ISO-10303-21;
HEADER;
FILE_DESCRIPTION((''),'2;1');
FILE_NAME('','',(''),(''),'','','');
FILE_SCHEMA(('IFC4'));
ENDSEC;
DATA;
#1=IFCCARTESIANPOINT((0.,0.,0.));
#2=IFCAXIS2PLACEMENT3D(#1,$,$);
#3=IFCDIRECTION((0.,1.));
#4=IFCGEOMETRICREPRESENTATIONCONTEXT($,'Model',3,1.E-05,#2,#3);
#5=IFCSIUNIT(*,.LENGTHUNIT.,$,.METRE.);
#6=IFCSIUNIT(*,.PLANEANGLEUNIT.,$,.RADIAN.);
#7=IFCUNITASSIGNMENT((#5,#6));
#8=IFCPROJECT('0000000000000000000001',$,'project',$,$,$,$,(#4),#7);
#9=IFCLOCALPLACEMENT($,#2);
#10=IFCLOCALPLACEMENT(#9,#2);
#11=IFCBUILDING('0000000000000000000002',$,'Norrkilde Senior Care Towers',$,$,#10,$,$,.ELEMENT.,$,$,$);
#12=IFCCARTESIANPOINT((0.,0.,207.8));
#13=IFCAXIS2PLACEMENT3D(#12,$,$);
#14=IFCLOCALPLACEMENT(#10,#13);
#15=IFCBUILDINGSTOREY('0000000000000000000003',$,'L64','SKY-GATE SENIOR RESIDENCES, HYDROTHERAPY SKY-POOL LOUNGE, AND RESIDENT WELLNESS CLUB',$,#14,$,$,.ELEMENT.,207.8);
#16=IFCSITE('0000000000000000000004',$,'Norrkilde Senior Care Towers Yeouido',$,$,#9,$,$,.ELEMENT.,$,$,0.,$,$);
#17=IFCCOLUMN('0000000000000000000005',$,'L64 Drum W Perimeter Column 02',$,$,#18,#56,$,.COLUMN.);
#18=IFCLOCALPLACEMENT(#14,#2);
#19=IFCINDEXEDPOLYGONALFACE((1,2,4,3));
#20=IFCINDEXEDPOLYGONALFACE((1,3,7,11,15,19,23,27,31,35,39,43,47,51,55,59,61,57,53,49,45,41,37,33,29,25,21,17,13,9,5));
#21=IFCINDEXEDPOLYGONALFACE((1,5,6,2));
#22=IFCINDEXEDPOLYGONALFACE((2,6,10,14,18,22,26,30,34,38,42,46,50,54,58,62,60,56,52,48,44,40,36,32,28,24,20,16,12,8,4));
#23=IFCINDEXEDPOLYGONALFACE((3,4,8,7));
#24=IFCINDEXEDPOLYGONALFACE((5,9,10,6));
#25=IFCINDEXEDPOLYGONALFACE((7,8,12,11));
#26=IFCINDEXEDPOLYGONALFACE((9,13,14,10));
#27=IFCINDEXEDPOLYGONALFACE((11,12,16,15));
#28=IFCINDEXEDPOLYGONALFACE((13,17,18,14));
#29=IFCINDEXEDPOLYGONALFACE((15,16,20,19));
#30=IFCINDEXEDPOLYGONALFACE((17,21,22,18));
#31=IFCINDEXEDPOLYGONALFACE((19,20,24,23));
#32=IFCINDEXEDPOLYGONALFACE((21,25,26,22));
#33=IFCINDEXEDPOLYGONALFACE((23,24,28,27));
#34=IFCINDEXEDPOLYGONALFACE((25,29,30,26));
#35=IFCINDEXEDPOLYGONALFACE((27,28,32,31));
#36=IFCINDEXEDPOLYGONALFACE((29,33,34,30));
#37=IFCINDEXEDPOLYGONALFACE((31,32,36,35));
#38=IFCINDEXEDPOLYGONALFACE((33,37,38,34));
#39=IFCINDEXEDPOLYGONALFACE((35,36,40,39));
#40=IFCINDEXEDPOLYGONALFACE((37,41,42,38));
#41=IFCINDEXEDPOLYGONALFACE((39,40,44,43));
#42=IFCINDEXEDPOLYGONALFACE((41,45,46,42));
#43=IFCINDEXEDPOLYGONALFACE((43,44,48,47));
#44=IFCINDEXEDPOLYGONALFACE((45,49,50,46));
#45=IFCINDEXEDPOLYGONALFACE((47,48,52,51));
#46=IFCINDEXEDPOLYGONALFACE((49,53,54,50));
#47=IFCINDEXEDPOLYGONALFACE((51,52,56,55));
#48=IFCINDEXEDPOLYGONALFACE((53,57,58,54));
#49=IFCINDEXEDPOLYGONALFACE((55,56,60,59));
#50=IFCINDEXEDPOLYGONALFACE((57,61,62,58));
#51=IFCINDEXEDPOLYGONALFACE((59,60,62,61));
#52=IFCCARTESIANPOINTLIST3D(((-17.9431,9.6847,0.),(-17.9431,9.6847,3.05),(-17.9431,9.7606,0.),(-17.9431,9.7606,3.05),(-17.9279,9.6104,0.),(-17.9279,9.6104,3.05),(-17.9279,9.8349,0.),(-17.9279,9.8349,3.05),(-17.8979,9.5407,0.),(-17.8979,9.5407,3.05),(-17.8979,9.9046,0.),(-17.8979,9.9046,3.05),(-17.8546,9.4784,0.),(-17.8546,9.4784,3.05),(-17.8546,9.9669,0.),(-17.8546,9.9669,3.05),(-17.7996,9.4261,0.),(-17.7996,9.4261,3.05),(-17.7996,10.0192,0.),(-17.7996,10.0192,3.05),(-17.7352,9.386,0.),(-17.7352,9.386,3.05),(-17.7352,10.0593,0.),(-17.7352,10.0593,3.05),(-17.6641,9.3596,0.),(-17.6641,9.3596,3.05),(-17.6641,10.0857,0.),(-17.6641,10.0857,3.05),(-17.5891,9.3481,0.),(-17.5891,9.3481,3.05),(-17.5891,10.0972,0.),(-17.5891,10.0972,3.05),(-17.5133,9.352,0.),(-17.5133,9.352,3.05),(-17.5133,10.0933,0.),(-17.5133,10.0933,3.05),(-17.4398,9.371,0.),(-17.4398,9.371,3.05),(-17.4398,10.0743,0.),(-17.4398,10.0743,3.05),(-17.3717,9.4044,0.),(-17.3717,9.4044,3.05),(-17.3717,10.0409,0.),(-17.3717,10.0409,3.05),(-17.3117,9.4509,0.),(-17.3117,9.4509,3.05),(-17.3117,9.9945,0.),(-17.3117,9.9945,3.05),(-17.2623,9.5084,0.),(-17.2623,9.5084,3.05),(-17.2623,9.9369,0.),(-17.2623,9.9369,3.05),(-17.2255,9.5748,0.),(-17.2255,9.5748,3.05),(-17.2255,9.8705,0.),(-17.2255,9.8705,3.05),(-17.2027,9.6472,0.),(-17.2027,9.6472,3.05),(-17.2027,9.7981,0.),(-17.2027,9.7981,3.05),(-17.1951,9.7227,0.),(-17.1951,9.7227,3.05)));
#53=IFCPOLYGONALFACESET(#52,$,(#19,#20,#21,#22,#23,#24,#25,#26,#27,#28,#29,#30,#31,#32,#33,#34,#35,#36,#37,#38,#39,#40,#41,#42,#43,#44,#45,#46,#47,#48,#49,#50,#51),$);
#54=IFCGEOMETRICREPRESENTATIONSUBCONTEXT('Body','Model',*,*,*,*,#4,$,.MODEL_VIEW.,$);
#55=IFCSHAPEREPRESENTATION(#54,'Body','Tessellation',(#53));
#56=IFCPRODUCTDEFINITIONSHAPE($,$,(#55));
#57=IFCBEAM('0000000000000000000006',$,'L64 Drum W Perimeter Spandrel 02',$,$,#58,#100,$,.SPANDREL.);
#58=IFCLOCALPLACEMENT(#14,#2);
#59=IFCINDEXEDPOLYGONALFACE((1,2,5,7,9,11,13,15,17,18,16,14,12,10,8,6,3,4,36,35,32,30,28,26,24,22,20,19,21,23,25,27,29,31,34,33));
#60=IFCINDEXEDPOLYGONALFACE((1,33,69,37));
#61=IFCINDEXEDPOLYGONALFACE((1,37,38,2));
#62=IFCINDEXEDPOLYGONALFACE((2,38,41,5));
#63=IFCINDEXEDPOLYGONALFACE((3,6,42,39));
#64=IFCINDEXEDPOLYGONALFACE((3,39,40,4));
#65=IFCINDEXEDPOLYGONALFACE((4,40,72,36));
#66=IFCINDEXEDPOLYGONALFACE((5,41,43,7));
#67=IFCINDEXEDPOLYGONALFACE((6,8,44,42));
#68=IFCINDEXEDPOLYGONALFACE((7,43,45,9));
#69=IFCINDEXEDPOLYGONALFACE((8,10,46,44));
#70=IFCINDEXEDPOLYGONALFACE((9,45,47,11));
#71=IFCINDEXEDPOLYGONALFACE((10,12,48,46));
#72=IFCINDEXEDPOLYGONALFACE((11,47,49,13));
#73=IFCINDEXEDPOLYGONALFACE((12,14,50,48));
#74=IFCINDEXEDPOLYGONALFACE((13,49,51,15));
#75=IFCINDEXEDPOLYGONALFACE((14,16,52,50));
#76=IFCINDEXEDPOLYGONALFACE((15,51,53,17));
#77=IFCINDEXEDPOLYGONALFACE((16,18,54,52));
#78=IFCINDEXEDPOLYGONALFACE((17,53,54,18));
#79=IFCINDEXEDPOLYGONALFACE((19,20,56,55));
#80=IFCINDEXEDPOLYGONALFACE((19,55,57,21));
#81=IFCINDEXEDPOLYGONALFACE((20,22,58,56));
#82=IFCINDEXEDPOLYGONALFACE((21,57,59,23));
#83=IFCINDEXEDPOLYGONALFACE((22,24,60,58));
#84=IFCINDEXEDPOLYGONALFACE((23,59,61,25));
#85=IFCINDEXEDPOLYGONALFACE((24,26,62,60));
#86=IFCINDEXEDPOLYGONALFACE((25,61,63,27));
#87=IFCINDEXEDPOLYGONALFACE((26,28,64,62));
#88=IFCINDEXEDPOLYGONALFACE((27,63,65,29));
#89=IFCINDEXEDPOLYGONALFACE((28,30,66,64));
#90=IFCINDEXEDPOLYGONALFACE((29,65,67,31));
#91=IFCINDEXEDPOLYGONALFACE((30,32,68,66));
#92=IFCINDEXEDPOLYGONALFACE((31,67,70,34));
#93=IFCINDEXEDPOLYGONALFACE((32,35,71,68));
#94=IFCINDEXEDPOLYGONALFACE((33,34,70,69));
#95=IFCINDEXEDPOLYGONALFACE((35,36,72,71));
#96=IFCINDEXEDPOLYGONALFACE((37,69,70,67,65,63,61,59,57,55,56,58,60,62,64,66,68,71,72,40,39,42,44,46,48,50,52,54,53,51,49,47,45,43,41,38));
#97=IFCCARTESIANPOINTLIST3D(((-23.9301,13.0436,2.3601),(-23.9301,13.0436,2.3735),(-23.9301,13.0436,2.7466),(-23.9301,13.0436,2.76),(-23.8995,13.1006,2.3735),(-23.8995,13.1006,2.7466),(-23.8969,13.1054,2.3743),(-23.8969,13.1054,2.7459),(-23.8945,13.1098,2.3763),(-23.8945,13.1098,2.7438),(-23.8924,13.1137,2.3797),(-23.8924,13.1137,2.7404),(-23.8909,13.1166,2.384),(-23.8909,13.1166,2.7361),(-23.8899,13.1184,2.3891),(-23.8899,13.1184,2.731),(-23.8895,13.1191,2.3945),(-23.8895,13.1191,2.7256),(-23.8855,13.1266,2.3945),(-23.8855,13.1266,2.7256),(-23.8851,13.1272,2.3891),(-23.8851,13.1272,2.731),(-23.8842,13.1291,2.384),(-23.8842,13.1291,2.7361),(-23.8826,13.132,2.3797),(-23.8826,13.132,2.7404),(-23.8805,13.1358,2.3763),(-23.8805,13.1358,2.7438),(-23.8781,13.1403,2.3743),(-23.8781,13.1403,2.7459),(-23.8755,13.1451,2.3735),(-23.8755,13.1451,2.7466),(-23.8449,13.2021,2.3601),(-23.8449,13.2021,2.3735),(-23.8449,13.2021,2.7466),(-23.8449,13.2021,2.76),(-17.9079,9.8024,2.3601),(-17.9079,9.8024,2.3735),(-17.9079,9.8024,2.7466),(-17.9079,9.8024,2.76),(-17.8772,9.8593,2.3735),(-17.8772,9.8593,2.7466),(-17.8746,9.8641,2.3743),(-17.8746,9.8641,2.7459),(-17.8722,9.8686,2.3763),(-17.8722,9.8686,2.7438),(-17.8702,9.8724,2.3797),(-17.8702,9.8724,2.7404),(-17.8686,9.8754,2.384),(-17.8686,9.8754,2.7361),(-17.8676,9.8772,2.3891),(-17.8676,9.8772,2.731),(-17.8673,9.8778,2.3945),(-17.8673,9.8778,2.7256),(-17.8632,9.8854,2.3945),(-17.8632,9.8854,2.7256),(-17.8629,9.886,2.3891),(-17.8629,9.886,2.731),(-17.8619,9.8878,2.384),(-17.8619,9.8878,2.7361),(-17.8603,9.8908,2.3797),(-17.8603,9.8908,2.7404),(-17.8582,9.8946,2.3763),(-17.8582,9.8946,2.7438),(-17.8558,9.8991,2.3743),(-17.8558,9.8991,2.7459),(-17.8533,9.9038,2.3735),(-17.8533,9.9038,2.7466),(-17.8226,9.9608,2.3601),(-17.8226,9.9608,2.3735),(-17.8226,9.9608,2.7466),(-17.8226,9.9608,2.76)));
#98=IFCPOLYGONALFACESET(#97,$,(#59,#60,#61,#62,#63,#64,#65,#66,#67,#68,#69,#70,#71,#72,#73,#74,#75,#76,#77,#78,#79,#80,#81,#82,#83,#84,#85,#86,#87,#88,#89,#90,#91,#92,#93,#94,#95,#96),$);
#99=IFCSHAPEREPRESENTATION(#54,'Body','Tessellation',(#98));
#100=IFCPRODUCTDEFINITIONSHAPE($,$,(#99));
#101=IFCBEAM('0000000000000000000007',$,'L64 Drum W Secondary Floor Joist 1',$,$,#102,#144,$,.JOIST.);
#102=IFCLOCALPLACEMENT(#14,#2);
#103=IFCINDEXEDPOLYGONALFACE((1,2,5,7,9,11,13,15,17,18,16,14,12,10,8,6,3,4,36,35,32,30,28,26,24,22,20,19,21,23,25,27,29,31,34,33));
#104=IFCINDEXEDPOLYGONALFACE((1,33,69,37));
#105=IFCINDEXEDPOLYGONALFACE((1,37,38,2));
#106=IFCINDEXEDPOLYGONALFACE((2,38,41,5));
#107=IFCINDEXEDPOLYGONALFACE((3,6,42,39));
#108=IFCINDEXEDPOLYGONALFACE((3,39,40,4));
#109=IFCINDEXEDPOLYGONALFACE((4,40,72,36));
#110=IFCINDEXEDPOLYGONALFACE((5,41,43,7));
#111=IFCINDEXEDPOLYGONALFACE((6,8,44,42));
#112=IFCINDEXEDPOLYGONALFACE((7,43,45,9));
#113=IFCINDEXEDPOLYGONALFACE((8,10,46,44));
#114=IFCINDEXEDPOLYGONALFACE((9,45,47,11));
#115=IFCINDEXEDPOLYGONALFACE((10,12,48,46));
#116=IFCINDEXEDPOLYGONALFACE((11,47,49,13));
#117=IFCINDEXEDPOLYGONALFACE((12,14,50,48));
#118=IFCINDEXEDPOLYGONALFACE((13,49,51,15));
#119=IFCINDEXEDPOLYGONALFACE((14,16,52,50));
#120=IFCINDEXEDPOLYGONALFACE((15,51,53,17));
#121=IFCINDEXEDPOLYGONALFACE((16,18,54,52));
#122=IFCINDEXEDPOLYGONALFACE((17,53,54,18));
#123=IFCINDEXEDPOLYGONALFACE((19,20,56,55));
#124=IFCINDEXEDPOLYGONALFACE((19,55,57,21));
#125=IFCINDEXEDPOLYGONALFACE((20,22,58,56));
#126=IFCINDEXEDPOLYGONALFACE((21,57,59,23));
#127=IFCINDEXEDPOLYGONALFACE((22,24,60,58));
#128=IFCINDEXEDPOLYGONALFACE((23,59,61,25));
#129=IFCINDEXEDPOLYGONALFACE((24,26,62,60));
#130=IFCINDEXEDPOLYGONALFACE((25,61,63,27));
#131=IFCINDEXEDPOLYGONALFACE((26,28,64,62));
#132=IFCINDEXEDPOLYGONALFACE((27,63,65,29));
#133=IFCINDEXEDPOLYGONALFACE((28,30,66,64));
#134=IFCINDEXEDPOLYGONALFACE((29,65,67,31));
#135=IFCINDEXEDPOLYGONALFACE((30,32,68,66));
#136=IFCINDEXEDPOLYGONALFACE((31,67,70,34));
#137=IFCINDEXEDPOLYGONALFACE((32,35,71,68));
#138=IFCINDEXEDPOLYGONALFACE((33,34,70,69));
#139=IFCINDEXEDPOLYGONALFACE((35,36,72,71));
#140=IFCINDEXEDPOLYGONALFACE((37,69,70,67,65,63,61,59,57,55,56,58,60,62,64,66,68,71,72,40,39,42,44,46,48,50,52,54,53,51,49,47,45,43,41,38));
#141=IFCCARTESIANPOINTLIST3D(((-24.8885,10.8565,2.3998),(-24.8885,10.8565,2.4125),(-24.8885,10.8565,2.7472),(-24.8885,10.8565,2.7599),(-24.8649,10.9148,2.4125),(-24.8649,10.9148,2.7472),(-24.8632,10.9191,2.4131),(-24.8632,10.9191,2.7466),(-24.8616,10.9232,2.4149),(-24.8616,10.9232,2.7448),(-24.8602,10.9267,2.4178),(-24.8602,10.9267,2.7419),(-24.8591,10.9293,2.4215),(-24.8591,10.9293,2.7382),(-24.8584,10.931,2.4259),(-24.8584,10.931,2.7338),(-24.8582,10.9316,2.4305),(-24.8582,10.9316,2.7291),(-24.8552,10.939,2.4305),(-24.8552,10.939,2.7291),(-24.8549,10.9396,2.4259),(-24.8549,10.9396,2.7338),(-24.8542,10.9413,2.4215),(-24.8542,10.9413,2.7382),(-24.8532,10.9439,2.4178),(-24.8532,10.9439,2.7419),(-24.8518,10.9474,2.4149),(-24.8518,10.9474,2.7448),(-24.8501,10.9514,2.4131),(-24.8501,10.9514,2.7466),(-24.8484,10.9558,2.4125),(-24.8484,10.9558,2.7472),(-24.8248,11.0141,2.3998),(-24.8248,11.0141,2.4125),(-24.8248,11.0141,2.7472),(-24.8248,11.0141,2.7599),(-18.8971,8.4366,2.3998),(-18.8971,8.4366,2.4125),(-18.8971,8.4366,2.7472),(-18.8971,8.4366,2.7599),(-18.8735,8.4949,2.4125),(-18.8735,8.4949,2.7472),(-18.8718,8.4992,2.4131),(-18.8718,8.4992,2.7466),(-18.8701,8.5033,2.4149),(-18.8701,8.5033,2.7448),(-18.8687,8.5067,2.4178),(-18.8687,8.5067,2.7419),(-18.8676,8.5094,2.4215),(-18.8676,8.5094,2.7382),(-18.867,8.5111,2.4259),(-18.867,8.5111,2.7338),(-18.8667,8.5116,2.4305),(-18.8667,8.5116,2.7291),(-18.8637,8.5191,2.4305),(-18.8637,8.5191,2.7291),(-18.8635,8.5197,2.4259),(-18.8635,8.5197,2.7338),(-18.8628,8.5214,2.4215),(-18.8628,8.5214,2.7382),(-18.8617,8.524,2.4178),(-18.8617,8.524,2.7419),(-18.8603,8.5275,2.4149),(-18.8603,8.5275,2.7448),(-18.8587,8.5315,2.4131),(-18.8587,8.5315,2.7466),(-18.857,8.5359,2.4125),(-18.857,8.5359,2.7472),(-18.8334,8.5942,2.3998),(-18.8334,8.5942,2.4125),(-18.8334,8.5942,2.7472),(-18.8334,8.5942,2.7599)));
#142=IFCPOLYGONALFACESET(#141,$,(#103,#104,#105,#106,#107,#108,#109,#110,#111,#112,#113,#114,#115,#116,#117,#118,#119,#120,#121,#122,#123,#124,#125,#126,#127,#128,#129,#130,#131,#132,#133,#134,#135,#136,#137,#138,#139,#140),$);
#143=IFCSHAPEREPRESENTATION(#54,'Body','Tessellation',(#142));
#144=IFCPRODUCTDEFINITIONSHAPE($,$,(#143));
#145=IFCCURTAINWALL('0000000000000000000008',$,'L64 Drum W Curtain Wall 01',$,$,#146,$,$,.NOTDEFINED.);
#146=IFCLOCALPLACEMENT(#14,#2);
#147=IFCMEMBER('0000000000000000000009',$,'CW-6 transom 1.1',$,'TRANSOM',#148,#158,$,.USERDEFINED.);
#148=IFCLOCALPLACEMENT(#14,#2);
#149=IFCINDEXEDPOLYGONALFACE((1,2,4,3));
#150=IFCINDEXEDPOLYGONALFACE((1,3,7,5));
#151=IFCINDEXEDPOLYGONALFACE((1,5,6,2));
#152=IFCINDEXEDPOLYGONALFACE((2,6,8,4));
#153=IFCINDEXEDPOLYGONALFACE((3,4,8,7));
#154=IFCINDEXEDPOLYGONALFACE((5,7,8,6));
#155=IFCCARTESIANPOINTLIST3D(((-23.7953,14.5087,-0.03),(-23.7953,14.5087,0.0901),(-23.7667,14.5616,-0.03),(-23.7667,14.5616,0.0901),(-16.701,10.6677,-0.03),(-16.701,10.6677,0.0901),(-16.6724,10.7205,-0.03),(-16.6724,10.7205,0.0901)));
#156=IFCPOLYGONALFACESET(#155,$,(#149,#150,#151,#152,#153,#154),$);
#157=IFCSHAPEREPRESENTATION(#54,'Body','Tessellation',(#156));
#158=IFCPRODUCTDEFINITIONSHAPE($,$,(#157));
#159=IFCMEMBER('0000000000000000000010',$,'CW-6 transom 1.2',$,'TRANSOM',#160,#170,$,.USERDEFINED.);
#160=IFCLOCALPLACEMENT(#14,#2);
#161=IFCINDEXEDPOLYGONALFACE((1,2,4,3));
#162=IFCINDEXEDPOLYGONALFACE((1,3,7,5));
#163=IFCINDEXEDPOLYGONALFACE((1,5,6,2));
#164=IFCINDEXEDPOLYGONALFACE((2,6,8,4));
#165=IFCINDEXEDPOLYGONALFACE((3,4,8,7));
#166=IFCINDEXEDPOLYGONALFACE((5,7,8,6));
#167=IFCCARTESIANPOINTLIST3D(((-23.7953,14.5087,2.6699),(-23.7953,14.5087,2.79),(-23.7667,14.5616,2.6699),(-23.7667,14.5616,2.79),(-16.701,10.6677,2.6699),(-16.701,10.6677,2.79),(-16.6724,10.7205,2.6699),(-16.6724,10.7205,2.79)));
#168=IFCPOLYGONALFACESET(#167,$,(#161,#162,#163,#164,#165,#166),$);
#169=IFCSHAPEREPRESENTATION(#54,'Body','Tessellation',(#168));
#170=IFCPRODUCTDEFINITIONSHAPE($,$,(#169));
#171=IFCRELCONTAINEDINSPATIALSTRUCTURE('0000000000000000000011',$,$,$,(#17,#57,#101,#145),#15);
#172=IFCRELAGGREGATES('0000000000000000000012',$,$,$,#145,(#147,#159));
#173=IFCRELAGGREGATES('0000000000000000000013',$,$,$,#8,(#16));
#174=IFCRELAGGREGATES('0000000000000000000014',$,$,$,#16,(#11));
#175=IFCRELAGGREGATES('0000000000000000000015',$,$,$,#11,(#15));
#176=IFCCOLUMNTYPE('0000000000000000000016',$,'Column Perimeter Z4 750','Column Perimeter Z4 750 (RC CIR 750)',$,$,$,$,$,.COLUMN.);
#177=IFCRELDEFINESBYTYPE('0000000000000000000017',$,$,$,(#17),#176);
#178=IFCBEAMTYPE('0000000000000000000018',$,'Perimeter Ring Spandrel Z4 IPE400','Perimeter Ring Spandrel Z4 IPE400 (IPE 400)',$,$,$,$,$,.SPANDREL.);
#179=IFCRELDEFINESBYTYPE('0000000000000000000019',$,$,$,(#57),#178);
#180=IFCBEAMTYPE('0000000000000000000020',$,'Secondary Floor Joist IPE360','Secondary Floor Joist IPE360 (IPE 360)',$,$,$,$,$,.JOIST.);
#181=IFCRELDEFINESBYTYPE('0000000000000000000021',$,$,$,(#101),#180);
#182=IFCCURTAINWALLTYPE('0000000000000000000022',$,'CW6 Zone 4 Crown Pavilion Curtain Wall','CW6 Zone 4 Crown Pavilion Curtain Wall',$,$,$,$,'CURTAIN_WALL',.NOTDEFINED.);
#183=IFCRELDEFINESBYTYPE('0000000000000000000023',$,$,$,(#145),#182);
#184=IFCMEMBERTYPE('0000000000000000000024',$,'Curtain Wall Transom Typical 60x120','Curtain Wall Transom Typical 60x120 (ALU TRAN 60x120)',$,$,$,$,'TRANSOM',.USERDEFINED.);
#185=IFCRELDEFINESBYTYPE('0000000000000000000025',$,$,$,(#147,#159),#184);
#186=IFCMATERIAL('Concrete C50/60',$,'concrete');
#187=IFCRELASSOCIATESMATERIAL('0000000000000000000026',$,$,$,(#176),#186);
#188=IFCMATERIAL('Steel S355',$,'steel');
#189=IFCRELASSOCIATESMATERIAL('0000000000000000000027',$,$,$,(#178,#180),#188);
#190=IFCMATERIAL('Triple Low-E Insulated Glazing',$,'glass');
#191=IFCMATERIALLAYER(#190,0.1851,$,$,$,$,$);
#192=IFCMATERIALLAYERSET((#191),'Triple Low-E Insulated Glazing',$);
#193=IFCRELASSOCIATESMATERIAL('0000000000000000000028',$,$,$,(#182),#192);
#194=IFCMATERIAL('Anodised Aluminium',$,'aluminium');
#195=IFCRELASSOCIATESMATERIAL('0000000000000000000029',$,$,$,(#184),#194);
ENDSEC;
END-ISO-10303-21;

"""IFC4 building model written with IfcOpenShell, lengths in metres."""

from ifc_helpers import new_model, si_unit, direction, frame, origin, origin_2d, place, context, subcontext, project, spatial, rectangle, circle, i_section, extrude, source, transform, mapped, material, layer, layer_set, material_profile, profile_set, type_object, type_shapes, element, aggregate, save


model = new_model("IFC4")

# Units and contexts
model_context = context("Model", 3, precision=1e-05, world=origin(), true_north=direction((0.0, 1.0)))
body_context = subcontext(model_context, "Body", "Model", "MODEL_VIEW")
ifc_project = project(units=[si_unit("LENGTHUNIT", "METRE"), si_unit("PLANEANGLEUNIT", "RADIAN")], contexts=[model_context])

# Site, building, storey
site_placement = place(None, origin())
site = spatial("IfcSite", under=ifc_project, at=site_placement, Name="Norrkilde Senior Care Towers Yeouido", CompositionType="ELEMENT", RefElevation=0.0)
building_placement = place(site_placement, origin())
building = spatial("IfcBuilding", under=site, at=building_placement, Name="Norrkilde Senior Care Towers", CompositionType="ELEMENT")
storey_placement = place(building_placement, frame((0.0, 0.0, 207.8)))
storey = spatial("IfcBuildingStorey", under=building, at=storey_placement, Name="L64", Description="SKY-GATE SENIOR RESIDENCES, HYDROTHERAPY SKY-POOL LOUNGE, AND RESIDENT WELLNESS CLUB", CompositionType="ELEMENT", Elevation=207.8)

# Column
ifc_material_1 = material(Name="Concrete C50/60", Category="concrete")
ifc_material_profile_1 = material_profile(ifc_material_1, circle(Radius=0.375, at=origin_2d()), Name="RC CIR 750")
ifc_profile_set_1 = profile_set([ifc_material_profile_1], Name="Concrete C50/60")
column_type = type_object("IfcColumnType", Name="Column Perimeter Z4 750", Description="Column Perimeter Z4 750 (RC CIR 750)", PredefinedType="COLUMN", material=ifc_profile_set_1)
shared_shape_1 = source(origin(), body_context, "Body", "SweptSolid", [
    extrude(circle(Radius=0.375, at=origin_2d()), origin(), (0.0, 0.0, 1.0), 3.05),
])
type_shapes(column_type, [shared_shape_1])
column_placement = place(storey_placement, frame((-17.5701, 9.7227, 0.0), z_axis=(0.0, 0.0, 1.0), x_axis=(1.0, 0.0, 0.0)))
element("IfcColumn", 1, at=column_placement, inside=storey, type_object=column_type, Name="L64 Drum W Perimeter Column 02", PredefinedType="COLUMN", context=body_context, shape_type="MappedRepresentation", body=[
    mapped(shared_shape_1, transform((0.0, 0.0, 0.0), x_axis=(1.0, 0.0, 0.0), y_axis=(0.0, 1.0, 0.0), z_axis=(0.0, 0.0, 1.0), scale=1.0)),
])

# Beams
ifc_material_2 = material(Name="Steel S355", Category="steel")
ifc_material_profile_2 = material_profile(ifc_material_2, i_section(OverallWidth=0.1799, OverallDepth=0.3999, WebThickness=0.0085, FlangeThickness=0.0134, FilletRadius=0.021, at=origin_2d()), Name="IPE 400")
ifc_profile_set_2 = profile_set([ifc_material_profile_2], Name="Steel S355")
beam_type_1 = type_object("IfcBeamType", Name="Perimeter Ring Spandrel Z4 IPE400", Description="Perimeter Ring Spandrel Z4 IPE400 (IPE 400)", PredefinedType="SPANDREL", material=ifc_profile_set_2)
shared_shape_2 = source(origin(), body_context, "Body", "SweptSolid", [
    extrude(i_section(OverallWidth=0.1799, OverallDepth=0.3999, WebThickness=0.0085, FlangeThickness=0.0134, FilletRadius=0.021, at=origin_2d()), origin(), (0.0, 0.0, 1.0), 6.8391),
])
type_shapes(beam_type_1, [shared_shape_2])
beam_1_placement = place(storey_placement, frame((-17.8652, 9.8816, 2.5601), z_axis=(-0.880564, 0.473927, 0.0), x_axis=(-0.473927, -0.880564, 0.0)))
element("IfcBeam", 2, at=beam_1_placement, inside=storey, type_object=beam_type_1, Name="L64 Drum W Perimeter Spandrel 02", PredefinedType="SPANDREL", context=body_context, shape_type="MappedRepresentation", body=[
    mapped(shared_shape_2, transform((0.0, 0.0, 0.0), x_axis=(1.0, 0.0, 0.0), y_axis=(0.0, 1.0, 0.0), z_axis=(0.0, 0.0, 1.0), scale=1.0)),
])
ifc_material_profile_3 = material_profile(ifc_material_2, i_section(OverallWidth=0.1699, OverallDepth=0.3601, WebThickness=0.0081, FlangeThickness=0.0127, FilletRadius=0.0181, at=origin_2d()), Name="IPE 360")
ifc_profile_set_3 = profile_set([ifc_material_profile_3], Name="Steel S355")
beam_type_2 = type_object("IfcBeamType", Name="Secondary Floor Joist IPE360", Description="Secondary Floor Joist IPE360 (IPE 360)", PredefinedType="JOIST", material=ifc_profile_set_3)
shared_shape_3 = source(origin(), body_context, "Body", "SweptSolid", [
    extrude(i_section(OverallWidth=0.1699, OverallDepth=0.3601, WebThickness=0.0081, FlangeThickness=0.0127, FilletRadius=0.0181, at=origin_2d()), origin(), (0.0, 0.0, 1.0), 6.4617),
])
type_shapes(beam_type_2, [shared_shape_3])
beam_2_placement = place(storey_placement, frame((-18.8652, 8.5154, 2.5798), z_axis=(-0.927226, 0.374502, 0.0), x_axis=(-0.374502, -0.927226, 0.0)))
element("IfcBeam", 3, at=beam_2_placement, inside=storey, type_object=beam_type_2, Name="L64 Drum W Secondary Floor Joist 1", PredefinedType="JOIST", context=body_context, shape_type="MappedRepresentation", body=[
    mapped(shared_shape_3, transform((0.0, 0.0, 0.0), x_axis=(1.0, 0.0, 0.0), y_axis=(0.0, 1.0, 0.0), z_axis=(0.0, 0.0, 1.0), scale=1.0)),
])

# Curtain wall, members
ifc_material_3 = material(Name="Triple Low-E Insulated Glazing", Category="glass")
ifc_layer_1 = layer(ifc_material_3, 0.1851)
ifc_layer_set_1 = layer_set([ifc_layer_1], Name="Triple Low-E Insulated Glazing")
curtain_wall_type_1 = type_object("IfcCurtainWallType", Name="CW6 Zone 4 Crown Pavilion Curtain Wall", Description="CW6 Zone 4 Crown Pavilion Curtain Wall", ElementType="CURTAIN_WALL", PredefinedType="NOTDEFINED", material=ifc_layer_set_1)
curtain_wall_1_placement = place(storey_placement, origin())
curtain_wall_1 = element("IfcCurtainWall", 4, at=curtain_wall_1_placement, inside=storey, type_object=curtain_wall_type_1, Name="L64 Drum W Curtain Wall 01", PredefinedType="NOTDEFINED")
ifc_material_4 = material(Name="Anodised Aluminium", Category="aluminium")
ifc_material_profile_4 = material_profile(ifc_material_4, rectangle(XDim=0.0601, YDim=0.1201, at=origin_2d()), Name="ALU TRAN 60x120")
ifc_profile_set_4 = profile_set([ifc_material_profile_4], Name="Anodised Aluminium")
member_type_1 = type_object("IfcMemberType", Name="Curtain Wall Transom Typical 60x120", Description="Curtain Wall Transom Typical 60x120 (ALU TRAN 60x120)", ElementType="TRANSOM", PredefinedType="USERDEFINED", material=ifc_profile_set_4)
shared_shape_4 = source(origin(), body_context, "Body", "SweptSolid", [
    extrude(rectangle(XDim=0.0601, YDim=0.1201, at=origin_2d()), origin(), (0.0, 0.0, 1.0), 8.0674),
])
type_shapes(member_type_1, [shared_shape_4])
member_1_placement = place(storey_placement, frame((-23.781, 14.5352, 0.03), z_axis=(0.879378, -0.476125, 0.0), x_axis=(0.476125, 0.879378, 0.0)))
member_1 = element("IfcMember", 5, at=member_1_placement, type_object=member_type_1, Name="CW-6 transom 1.1", ObjectType="TRANSOM", PredefinedType="USERDEFINED", context=body_context, shape_type="MappedRepresentation", body=[
    mapped(shared_shape_4, transform((0.0, 0.0, 0.0), x_axis=(1.0, 0.0, 0.0), y_axis=(0.0, 1.0, 0.0), z_axis=(0.0, 0.0, 1.0), scale=1.0)),
])
member_2_placement = place(storey_placement, frame((-23.781, 14.5352, 2.73), z_axis=(0.879378, -0.476125, 0.0), x_axis=(0.476125, 0.879378, 0.0)))
member_2 = element("IfcMember", 6, at=member_2_placement, type_object=member_type_1, Name="CW-6 transom 1.2", ObjectType="TRANSOM", PredefinedType="USERDEFINED", context=body_context, shape_type="MappedRepresentation", body=[
    mapped(shared_shape_4, transform((0.0, 0.0, 0.0), x_axis=(1.0, 0.0, 0.0), y_axis=(0.0, 1.0, 0.0), z_axis=(0.0, 0.0, 1.0), scale=1.0)),
])

aggregate(curtain_wall_1, [member_1, member_2])

save(model, "model.ifc")
